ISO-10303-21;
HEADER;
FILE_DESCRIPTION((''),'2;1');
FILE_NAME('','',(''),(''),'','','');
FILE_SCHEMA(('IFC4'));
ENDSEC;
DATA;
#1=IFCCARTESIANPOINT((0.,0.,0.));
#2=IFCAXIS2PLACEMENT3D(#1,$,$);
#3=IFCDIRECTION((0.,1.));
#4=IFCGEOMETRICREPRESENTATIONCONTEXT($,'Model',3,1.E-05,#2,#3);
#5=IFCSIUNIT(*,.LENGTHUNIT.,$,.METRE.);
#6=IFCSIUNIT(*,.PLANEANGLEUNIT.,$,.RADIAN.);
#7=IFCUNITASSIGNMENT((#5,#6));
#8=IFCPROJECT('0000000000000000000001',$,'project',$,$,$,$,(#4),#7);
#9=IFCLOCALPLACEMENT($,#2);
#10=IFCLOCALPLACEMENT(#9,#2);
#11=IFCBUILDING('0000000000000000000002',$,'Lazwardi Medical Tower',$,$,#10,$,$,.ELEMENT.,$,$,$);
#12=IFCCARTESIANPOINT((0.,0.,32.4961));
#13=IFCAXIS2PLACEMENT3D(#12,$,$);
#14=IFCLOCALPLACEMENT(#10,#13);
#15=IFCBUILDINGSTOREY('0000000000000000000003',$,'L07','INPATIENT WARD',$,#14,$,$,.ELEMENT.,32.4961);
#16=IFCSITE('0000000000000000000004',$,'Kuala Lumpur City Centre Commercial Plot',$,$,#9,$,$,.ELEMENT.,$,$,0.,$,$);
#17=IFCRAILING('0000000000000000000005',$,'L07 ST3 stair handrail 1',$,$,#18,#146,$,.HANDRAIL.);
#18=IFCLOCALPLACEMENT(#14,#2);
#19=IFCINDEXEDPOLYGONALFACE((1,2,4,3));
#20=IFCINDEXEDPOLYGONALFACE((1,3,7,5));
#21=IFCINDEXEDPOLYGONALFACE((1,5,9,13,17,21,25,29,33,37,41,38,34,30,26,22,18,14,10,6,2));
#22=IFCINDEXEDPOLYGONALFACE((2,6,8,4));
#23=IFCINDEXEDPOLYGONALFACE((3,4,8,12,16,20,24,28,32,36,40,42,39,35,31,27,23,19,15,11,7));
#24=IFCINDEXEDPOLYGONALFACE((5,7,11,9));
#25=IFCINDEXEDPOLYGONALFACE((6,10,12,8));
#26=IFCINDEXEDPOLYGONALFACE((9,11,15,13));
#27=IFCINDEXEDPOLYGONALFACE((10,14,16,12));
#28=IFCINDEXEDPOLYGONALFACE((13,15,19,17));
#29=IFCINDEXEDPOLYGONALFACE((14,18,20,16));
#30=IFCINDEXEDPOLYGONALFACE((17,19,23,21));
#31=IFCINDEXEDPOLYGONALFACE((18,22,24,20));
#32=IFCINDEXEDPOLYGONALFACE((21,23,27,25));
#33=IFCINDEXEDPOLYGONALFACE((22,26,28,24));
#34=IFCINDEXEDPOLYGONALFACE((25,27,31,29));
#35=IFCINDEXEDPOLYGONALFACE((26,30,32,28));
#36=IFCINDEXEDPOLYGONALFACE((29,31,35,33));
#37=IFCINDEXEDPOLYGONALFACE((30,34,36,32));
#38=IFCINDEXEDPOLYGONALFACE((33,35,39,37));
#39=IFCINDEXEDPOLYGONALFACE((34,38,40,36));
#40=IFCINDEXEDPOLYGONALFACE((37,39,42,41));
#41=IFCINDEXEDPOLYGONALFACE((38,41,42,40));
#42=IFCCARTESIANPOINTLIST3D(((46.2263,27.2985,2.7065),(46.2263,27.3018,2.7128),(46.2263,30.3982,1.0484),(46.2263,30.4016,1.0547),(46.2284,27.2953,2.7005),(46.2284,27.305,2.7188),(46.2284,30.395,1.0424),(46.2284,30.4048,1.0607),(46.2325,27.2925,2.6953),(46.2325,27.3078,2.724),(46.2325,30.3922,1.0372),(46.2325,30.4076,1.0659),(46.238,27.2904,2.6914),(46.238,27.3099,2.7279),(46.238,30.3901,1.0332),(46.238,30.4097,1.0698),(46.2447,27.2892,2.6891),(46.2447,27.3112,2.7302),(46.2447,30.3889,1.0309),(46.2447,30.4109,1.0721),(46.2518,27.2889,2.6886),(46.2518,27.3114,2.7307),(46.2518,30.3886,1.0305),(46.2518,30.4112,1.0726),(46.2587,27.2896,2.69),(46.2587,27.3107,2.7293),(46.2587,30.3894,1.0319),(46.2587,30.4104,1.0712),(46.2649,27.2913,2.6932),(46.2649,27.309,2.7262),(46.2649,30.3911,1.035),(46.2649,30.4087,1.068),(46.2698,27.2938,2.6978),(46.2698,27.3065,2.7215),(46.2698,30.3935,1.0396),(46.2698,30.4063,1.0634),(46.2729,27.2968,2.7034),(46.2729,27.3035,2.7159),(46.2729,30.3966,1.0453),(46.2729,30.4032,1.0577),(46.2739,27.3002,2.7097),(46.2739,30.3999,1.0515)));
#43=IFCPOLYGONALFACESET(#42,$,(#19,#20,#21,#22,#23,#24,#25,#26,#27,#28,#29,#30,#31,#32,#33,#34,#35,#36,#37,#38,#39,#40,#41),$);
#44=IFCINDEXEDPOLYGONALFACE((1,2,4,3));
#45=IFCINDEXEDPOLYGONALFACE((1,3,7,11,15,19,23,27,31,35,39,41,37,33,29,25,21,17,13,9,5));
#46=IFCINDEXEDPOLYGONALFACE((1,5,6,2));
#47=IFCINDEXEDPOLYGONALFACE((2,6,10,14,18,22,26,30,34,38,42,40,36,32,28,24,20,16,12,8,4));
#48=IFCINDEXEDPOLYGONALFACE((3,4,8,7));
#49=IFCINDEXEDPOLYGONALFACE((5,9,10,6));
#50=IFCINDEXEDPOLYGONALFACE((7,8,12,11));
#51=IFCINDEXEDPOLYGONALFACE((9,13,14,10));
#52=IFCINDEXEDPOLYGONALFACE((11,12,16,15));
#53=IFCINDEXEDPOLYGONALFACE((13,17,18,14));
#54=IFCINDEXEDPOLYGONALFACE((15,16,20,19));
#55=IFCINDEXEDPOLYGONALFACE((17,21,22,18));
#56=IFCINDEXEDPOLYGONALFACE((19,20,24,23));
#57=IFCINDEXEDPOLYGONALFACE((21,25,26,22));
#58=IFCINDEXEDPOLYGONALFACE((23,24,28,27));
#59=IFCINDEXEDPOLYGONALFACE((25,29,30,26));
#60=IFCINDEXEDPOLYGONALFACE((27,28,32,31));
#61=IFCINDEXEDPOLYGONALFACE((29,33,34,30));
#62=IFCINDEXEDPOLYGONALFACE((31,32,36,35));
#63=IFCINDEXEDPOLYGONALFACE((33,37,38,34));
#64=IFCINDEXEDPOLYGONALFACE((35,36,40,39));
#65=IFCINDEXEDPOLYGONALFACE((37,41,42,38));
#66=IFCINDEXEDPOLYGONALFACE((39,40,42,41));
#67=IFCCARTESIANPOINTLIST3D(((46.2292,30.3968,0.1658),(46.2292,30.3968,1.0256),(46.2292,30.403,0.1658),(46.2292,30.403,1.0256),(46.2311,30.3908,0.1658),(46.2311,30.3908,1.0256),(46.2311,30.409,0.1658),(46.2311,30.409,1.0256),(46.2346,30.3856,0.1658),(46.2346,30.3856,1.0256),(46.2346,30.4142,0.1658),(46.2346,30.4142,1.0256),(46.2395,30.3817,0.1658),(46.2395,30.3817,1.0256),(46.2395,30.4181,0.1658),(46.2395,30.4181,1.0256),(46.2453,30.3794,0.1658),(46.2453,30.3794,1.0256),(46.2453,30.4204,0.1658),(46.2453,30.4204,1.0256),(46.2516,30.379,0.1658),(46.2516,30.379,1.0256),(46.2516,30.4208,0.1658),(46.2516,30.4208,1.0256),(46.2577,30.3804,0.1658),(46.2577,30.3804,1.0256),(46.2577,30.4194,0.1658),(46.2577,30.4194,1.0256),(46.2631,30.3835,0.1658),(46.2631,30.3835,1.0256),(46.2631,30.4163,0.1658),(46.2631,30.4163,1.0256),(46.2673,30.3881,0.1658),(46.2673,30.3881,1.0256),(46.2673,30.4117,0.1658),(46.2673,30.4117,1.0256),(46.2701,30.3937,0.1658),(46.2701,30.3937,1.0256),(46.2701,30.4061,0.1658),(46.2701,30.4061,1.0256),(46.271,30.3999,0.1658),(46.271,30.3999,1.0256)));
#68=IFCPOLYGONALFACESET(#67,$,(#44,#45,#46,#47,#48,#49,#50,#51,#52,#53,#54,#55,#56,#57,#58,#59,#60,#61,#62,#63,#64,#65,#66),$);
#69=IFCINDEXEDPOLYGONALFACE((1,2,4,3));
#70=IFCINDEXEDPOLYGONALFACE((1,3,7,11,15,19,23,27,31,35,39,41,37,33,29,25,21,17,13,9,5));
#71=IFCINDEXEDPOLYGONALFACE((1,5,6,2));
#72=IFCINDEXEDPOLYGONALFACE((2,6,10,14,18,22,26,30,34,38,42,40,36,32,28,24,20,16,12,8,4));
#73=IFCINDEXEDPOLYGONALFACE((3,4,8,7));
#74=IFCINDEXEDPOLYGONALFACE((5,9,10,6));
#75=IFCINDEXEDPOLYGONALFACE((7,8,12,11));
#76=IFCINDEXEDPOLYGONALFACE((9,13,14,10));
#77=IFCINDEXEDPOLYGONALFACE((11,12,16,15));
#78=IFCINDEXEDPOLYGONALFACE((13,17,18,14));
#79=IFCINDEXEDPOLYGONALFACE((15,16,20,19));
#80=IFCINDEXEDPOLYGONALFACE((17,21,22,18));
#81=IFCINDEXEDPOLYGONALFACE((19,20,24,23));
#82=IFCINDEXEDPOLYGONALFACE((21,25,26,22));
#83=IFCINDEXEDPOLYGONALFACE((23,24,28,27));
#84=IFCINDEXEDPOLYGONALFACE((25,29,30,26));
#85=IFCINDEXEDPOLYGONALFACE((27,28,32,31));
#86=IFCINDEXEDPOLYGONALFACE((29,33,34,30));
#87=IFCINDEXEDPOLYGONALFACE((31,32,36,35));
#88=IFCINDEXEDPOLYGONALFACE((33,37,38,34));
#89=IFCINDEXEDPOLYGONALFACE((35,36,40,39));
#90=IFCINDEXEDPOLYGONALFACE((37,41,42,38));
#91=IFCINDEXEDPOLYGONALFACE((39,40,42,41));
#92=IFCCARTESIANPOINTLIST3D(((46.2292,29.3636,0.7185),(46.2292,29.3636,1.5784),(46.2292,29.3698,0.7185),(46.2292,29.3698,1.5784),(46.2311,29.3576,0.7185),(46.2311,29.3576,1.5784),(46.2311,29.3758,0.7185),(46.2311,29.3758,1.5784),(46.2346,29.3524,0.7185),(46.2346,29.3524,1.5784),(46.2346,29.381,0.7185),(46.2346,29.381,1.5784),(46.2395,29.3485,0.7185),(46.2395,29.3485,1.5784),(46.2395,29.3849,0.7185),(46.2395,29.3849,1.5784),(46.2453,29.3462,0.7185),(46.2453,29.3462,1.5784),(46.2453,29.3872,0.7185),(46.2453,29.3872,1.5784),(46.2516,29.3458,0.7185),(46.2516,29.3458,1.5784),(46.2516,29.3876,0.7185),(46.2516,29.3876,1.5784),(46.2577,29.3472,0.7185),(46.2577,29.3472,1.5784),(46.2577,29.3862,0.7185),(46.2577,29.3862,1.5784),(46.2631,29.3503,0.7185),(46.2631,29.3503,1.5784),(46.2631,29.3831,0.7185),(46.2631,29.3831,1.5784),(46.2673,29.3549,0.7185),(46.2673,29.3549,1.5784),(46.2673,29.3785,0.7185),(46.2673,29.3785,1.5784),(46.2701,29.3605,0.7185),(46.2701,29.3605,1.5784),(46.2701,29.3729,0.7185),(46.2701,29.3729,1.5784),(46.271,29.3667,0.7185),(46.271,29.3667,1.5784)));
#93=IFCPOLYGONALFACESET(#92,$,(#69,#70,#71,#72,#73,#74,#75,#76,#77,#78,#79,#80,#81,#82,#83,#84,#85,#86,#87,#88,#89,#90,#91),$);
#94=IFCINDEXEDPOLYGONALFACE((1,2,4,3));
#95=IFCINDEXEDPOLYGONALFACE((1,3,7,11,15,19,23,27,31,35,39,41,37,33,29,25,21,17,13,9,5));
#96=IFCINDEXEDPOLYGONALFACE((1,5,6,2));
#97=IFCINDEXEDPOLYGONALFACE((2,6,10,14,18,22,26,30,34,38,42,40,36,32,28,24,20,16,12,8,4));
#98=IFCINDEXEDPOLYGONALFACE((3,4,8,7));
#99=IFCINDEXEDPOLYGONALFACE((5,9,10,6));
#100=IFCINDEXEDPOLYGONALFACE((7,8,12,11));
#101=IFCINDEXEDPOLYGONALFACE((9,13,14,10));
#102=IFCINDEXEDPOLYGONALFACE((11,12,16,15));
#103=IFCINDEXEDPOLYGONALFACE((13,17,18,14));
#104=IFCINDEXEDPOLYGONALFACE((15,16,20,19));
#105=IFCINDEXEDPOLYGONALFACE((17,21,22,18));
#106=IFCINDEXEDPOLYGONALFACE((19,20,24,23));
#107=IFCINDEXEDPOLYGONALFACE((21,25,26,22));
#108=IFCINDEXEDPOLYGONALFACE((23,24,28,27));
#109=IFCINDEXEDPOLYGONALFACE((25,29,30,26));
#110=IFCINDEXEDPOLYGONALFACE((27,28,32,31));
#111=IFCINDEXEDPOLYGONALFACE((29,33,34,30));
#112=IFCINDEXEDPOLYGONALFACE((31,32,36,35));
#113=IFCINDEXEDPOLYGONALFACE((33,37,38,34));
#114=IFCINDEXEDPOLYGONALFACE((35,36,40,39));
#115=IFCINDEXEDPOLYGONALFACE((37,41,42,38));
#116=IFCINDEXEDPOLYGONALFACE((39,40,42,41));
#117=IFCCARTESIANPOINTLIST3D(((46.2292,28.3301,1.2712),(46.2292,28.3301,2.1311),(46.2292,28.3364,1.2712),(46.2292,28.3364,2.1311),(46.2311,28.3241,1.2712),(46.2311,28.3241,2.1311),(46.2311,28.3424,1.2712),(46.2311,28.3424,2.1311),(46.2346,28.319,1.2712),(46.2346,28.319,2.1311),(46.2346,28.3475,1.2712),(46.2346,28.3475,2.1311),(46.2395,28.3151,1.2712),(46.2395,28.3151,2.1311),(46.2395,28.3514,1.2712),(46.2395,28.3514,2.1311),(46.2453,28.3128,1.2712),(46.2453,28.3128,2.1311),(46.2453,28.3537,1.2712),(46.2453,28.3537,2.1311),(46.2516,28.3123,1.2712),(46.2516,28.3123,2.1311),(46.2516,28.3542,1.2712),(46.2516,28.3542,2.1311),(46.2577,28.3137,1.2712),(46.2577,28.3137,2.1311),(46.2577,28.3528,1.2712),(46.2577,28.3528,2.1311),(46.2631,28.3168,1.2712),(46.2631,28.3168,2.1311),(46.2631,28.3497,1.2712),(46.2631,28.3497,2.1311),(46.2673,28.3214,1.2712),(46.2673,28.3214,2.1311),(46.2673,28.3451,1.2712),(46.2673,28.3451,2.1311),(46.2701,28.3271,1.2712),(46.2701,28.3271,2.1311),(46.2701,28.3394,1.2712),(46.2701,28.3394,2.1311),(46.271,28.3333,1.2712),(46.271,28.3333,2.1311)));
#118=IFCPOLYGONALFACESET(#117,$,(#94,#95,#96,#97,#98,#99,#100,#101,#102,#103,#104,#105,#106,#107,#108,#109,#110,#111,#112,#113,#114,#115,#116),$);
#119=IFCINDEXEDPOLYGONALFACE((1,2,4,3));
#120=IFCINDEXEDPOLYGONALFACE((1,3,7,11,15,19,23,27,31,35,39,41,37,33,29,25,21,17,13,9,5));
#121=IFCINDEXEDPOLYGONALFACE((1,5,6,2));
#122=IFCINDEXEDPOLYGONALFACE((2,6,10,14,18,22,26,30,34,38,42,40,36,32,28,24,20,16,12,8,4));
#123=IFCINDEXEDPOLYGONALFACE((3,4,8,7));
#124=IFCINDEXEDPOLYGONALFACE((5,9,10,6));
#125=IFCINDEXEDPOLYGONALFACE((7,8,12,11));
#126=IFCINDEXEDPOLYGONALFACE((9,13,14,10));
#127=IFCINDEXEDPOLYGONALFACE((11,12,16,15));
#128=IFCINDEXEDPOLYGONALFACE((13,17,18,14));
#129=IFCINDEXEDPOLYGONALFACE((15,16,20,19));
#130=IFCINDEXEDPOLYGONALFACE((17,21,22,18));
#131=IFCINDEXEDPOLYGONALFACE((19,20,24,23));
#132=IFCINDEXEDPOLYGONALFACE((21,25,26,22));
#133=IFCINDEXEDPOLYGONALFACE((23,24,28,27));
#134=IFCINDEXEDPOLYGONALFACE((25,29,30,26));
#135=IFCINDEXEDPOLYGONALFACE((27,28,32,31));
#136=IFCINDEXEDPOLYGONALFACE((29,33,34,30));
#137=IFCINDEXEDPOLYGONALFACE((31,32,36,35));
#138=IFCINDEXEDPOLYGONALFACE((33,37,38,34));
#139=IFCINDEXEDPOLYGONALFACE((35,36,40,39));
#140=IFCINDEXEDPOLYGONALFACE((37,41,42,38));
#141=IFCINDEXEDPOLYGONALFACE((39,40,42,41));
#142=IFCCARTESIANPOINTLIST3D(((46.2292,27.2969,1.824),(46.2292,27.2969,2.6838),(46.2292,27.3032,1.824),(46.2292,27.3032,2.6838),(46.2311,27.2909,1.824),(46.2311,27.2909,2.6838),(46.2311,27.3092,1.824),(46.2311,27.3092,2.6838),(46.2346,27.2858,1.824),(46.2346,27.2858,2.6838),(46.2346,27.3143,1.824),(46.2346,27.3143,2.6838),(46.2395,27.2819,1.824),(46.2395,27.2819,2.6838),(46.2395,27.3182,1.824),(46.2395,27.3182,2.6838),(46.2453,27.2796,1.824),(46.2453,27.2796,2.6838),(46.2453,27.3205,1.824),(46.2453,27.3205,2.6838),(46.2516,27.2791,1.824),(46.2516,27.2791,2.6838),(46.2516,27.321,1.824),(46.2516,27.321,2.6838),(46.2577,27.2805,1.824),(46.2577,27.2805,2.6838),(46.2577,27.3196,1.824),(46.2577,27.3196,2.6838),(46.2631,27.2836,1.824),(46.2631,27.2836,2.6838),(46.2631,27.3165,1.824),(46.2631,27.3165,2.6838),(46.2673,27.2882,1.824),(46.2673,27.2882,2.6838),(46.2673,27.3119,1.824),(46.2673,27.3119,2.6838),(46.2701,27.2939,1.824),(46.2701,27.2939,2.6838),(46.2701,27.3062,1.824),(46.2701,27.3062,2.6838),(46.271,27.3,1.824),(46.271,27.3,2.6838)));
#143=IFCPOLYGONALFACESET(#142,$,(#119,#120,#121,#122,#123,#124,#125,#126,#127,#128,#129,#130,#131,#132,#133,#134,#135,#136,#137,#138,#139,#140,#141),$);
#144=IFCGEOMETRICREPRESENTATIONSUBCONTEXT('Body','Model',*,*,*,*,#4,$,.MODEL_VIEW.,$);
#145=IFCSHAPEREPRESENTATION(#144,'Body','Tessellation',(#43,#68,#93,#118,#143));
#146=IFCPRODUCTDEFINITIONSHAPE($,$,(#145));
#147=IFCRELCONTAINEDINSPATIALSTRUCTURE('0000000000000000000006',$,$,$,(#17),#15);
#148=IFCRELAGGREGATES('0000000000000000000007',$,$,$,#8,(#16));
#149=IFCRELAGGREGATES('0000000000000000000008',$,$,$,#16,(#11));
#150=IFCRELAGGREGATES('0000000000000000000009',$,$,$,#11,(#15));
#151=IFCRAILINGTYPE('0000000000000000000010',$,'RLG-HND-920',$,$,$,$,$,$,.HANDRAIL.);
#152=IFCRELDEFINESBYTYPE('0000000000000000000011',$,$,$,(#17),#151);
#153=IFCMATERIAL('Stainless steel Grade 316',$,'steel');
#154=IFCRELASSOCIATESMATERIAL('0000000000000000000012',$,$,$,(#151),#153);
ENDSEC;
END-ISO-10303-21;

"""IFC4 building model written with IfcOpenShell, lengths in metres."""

from ifc_helpers import new_model, si_unit, direction, frame, origin, origin_2d, place, context, subcontext, project, spatial, circle, extrude, material, type_object, element, save


model = new_model("IFC4")

# Units and contexts
model_context = context("Model", 3, precision=1e-05, world=origin(), true_north=direction((0.0, 1.0)))
body_context = subcontext(model_context, "Body", "Model", "MODEL_VIEW")
ifc_project = project(units=[si_unit("LENGTHUNIT", "METRE"), si_unit("PLANEANGLEUNIT", "RADIAN")], contexts=[model_context])

# Site, building, storey
site_placement = place(None, origin())
site = spatial("IfcSite", under=ifc_project, at=site_placement, Name="Kuala Lumpur City Centre Commercial Plot", CompositionType="ELEMENT", RefElevation=0.0)
building_placement = place(site_placement, origin())
building = spatial("IfcBuilding", under=site, at=building_placement, Name="Lazwardi Medical Tower", CompositionType="ELEMENT")
storey_placement = place(building_placement, frame((0.0, 0.0, 32.4961)))
storey = spatial("IfcBuildingStorey", under=building, at=storey_placement, Name="L07", Description="INPATIENT WARD", CompositionType="ELEMENT", Elevation=32.4961)

# Railing
ifc_material_1 = material(Name="Stainless steel Grade 316", Category="steel")
railing_type_1 = type_object("IfcRailingType", Name="RLG-HND-920", PredefinedType="HANDRAIL", material=ifc_material_1)
railing_1_placement = place(storey_placement, frame((46.25, 30.3999, 0.1658)))
element("IfcRailing", 1, at=railing_1_placement, inside=storey, type_object=railing_type_1, Name="L07 ST3 stair handrail 1", PredefinedType="HANDRAIL", context=body_context, shape_type="SweptSolid", body=[
    extrude(circle(Radius=0.0239, at=origin_2d()), frame((0.0, 0.0, 0.8857), z_axis=(0.0, -0.881768, 0.471684), x_axis=(1.0, 0.0, 0.0)), (0.0, 0.0, 1.0), 3.5154),
    extrude(circle(Radius=0.021, at=origin_2d()), origin(), (0.0, 0.0, 1.0), 0.8599),
    extrude(circle(Radius=0.021, at=origin_2d()), frame((0.0, -1.0332, 0.5527)), (0.0, 0.0, 1.0), 0.8599),
    extrude(circle(Radius=0.021, at=origin_2d()), frame((0.0, -2.0667, 1.1055)), (0.0, 0.0, 1.0), 0.8599),
    extrude(circle(Radius=0.021, at=origin_2d()), frame((0.0, -3.0999, 1.6582)), (0.0, 0.0, 1.0), 0.8599),
])

save(model, "model.ifc")
